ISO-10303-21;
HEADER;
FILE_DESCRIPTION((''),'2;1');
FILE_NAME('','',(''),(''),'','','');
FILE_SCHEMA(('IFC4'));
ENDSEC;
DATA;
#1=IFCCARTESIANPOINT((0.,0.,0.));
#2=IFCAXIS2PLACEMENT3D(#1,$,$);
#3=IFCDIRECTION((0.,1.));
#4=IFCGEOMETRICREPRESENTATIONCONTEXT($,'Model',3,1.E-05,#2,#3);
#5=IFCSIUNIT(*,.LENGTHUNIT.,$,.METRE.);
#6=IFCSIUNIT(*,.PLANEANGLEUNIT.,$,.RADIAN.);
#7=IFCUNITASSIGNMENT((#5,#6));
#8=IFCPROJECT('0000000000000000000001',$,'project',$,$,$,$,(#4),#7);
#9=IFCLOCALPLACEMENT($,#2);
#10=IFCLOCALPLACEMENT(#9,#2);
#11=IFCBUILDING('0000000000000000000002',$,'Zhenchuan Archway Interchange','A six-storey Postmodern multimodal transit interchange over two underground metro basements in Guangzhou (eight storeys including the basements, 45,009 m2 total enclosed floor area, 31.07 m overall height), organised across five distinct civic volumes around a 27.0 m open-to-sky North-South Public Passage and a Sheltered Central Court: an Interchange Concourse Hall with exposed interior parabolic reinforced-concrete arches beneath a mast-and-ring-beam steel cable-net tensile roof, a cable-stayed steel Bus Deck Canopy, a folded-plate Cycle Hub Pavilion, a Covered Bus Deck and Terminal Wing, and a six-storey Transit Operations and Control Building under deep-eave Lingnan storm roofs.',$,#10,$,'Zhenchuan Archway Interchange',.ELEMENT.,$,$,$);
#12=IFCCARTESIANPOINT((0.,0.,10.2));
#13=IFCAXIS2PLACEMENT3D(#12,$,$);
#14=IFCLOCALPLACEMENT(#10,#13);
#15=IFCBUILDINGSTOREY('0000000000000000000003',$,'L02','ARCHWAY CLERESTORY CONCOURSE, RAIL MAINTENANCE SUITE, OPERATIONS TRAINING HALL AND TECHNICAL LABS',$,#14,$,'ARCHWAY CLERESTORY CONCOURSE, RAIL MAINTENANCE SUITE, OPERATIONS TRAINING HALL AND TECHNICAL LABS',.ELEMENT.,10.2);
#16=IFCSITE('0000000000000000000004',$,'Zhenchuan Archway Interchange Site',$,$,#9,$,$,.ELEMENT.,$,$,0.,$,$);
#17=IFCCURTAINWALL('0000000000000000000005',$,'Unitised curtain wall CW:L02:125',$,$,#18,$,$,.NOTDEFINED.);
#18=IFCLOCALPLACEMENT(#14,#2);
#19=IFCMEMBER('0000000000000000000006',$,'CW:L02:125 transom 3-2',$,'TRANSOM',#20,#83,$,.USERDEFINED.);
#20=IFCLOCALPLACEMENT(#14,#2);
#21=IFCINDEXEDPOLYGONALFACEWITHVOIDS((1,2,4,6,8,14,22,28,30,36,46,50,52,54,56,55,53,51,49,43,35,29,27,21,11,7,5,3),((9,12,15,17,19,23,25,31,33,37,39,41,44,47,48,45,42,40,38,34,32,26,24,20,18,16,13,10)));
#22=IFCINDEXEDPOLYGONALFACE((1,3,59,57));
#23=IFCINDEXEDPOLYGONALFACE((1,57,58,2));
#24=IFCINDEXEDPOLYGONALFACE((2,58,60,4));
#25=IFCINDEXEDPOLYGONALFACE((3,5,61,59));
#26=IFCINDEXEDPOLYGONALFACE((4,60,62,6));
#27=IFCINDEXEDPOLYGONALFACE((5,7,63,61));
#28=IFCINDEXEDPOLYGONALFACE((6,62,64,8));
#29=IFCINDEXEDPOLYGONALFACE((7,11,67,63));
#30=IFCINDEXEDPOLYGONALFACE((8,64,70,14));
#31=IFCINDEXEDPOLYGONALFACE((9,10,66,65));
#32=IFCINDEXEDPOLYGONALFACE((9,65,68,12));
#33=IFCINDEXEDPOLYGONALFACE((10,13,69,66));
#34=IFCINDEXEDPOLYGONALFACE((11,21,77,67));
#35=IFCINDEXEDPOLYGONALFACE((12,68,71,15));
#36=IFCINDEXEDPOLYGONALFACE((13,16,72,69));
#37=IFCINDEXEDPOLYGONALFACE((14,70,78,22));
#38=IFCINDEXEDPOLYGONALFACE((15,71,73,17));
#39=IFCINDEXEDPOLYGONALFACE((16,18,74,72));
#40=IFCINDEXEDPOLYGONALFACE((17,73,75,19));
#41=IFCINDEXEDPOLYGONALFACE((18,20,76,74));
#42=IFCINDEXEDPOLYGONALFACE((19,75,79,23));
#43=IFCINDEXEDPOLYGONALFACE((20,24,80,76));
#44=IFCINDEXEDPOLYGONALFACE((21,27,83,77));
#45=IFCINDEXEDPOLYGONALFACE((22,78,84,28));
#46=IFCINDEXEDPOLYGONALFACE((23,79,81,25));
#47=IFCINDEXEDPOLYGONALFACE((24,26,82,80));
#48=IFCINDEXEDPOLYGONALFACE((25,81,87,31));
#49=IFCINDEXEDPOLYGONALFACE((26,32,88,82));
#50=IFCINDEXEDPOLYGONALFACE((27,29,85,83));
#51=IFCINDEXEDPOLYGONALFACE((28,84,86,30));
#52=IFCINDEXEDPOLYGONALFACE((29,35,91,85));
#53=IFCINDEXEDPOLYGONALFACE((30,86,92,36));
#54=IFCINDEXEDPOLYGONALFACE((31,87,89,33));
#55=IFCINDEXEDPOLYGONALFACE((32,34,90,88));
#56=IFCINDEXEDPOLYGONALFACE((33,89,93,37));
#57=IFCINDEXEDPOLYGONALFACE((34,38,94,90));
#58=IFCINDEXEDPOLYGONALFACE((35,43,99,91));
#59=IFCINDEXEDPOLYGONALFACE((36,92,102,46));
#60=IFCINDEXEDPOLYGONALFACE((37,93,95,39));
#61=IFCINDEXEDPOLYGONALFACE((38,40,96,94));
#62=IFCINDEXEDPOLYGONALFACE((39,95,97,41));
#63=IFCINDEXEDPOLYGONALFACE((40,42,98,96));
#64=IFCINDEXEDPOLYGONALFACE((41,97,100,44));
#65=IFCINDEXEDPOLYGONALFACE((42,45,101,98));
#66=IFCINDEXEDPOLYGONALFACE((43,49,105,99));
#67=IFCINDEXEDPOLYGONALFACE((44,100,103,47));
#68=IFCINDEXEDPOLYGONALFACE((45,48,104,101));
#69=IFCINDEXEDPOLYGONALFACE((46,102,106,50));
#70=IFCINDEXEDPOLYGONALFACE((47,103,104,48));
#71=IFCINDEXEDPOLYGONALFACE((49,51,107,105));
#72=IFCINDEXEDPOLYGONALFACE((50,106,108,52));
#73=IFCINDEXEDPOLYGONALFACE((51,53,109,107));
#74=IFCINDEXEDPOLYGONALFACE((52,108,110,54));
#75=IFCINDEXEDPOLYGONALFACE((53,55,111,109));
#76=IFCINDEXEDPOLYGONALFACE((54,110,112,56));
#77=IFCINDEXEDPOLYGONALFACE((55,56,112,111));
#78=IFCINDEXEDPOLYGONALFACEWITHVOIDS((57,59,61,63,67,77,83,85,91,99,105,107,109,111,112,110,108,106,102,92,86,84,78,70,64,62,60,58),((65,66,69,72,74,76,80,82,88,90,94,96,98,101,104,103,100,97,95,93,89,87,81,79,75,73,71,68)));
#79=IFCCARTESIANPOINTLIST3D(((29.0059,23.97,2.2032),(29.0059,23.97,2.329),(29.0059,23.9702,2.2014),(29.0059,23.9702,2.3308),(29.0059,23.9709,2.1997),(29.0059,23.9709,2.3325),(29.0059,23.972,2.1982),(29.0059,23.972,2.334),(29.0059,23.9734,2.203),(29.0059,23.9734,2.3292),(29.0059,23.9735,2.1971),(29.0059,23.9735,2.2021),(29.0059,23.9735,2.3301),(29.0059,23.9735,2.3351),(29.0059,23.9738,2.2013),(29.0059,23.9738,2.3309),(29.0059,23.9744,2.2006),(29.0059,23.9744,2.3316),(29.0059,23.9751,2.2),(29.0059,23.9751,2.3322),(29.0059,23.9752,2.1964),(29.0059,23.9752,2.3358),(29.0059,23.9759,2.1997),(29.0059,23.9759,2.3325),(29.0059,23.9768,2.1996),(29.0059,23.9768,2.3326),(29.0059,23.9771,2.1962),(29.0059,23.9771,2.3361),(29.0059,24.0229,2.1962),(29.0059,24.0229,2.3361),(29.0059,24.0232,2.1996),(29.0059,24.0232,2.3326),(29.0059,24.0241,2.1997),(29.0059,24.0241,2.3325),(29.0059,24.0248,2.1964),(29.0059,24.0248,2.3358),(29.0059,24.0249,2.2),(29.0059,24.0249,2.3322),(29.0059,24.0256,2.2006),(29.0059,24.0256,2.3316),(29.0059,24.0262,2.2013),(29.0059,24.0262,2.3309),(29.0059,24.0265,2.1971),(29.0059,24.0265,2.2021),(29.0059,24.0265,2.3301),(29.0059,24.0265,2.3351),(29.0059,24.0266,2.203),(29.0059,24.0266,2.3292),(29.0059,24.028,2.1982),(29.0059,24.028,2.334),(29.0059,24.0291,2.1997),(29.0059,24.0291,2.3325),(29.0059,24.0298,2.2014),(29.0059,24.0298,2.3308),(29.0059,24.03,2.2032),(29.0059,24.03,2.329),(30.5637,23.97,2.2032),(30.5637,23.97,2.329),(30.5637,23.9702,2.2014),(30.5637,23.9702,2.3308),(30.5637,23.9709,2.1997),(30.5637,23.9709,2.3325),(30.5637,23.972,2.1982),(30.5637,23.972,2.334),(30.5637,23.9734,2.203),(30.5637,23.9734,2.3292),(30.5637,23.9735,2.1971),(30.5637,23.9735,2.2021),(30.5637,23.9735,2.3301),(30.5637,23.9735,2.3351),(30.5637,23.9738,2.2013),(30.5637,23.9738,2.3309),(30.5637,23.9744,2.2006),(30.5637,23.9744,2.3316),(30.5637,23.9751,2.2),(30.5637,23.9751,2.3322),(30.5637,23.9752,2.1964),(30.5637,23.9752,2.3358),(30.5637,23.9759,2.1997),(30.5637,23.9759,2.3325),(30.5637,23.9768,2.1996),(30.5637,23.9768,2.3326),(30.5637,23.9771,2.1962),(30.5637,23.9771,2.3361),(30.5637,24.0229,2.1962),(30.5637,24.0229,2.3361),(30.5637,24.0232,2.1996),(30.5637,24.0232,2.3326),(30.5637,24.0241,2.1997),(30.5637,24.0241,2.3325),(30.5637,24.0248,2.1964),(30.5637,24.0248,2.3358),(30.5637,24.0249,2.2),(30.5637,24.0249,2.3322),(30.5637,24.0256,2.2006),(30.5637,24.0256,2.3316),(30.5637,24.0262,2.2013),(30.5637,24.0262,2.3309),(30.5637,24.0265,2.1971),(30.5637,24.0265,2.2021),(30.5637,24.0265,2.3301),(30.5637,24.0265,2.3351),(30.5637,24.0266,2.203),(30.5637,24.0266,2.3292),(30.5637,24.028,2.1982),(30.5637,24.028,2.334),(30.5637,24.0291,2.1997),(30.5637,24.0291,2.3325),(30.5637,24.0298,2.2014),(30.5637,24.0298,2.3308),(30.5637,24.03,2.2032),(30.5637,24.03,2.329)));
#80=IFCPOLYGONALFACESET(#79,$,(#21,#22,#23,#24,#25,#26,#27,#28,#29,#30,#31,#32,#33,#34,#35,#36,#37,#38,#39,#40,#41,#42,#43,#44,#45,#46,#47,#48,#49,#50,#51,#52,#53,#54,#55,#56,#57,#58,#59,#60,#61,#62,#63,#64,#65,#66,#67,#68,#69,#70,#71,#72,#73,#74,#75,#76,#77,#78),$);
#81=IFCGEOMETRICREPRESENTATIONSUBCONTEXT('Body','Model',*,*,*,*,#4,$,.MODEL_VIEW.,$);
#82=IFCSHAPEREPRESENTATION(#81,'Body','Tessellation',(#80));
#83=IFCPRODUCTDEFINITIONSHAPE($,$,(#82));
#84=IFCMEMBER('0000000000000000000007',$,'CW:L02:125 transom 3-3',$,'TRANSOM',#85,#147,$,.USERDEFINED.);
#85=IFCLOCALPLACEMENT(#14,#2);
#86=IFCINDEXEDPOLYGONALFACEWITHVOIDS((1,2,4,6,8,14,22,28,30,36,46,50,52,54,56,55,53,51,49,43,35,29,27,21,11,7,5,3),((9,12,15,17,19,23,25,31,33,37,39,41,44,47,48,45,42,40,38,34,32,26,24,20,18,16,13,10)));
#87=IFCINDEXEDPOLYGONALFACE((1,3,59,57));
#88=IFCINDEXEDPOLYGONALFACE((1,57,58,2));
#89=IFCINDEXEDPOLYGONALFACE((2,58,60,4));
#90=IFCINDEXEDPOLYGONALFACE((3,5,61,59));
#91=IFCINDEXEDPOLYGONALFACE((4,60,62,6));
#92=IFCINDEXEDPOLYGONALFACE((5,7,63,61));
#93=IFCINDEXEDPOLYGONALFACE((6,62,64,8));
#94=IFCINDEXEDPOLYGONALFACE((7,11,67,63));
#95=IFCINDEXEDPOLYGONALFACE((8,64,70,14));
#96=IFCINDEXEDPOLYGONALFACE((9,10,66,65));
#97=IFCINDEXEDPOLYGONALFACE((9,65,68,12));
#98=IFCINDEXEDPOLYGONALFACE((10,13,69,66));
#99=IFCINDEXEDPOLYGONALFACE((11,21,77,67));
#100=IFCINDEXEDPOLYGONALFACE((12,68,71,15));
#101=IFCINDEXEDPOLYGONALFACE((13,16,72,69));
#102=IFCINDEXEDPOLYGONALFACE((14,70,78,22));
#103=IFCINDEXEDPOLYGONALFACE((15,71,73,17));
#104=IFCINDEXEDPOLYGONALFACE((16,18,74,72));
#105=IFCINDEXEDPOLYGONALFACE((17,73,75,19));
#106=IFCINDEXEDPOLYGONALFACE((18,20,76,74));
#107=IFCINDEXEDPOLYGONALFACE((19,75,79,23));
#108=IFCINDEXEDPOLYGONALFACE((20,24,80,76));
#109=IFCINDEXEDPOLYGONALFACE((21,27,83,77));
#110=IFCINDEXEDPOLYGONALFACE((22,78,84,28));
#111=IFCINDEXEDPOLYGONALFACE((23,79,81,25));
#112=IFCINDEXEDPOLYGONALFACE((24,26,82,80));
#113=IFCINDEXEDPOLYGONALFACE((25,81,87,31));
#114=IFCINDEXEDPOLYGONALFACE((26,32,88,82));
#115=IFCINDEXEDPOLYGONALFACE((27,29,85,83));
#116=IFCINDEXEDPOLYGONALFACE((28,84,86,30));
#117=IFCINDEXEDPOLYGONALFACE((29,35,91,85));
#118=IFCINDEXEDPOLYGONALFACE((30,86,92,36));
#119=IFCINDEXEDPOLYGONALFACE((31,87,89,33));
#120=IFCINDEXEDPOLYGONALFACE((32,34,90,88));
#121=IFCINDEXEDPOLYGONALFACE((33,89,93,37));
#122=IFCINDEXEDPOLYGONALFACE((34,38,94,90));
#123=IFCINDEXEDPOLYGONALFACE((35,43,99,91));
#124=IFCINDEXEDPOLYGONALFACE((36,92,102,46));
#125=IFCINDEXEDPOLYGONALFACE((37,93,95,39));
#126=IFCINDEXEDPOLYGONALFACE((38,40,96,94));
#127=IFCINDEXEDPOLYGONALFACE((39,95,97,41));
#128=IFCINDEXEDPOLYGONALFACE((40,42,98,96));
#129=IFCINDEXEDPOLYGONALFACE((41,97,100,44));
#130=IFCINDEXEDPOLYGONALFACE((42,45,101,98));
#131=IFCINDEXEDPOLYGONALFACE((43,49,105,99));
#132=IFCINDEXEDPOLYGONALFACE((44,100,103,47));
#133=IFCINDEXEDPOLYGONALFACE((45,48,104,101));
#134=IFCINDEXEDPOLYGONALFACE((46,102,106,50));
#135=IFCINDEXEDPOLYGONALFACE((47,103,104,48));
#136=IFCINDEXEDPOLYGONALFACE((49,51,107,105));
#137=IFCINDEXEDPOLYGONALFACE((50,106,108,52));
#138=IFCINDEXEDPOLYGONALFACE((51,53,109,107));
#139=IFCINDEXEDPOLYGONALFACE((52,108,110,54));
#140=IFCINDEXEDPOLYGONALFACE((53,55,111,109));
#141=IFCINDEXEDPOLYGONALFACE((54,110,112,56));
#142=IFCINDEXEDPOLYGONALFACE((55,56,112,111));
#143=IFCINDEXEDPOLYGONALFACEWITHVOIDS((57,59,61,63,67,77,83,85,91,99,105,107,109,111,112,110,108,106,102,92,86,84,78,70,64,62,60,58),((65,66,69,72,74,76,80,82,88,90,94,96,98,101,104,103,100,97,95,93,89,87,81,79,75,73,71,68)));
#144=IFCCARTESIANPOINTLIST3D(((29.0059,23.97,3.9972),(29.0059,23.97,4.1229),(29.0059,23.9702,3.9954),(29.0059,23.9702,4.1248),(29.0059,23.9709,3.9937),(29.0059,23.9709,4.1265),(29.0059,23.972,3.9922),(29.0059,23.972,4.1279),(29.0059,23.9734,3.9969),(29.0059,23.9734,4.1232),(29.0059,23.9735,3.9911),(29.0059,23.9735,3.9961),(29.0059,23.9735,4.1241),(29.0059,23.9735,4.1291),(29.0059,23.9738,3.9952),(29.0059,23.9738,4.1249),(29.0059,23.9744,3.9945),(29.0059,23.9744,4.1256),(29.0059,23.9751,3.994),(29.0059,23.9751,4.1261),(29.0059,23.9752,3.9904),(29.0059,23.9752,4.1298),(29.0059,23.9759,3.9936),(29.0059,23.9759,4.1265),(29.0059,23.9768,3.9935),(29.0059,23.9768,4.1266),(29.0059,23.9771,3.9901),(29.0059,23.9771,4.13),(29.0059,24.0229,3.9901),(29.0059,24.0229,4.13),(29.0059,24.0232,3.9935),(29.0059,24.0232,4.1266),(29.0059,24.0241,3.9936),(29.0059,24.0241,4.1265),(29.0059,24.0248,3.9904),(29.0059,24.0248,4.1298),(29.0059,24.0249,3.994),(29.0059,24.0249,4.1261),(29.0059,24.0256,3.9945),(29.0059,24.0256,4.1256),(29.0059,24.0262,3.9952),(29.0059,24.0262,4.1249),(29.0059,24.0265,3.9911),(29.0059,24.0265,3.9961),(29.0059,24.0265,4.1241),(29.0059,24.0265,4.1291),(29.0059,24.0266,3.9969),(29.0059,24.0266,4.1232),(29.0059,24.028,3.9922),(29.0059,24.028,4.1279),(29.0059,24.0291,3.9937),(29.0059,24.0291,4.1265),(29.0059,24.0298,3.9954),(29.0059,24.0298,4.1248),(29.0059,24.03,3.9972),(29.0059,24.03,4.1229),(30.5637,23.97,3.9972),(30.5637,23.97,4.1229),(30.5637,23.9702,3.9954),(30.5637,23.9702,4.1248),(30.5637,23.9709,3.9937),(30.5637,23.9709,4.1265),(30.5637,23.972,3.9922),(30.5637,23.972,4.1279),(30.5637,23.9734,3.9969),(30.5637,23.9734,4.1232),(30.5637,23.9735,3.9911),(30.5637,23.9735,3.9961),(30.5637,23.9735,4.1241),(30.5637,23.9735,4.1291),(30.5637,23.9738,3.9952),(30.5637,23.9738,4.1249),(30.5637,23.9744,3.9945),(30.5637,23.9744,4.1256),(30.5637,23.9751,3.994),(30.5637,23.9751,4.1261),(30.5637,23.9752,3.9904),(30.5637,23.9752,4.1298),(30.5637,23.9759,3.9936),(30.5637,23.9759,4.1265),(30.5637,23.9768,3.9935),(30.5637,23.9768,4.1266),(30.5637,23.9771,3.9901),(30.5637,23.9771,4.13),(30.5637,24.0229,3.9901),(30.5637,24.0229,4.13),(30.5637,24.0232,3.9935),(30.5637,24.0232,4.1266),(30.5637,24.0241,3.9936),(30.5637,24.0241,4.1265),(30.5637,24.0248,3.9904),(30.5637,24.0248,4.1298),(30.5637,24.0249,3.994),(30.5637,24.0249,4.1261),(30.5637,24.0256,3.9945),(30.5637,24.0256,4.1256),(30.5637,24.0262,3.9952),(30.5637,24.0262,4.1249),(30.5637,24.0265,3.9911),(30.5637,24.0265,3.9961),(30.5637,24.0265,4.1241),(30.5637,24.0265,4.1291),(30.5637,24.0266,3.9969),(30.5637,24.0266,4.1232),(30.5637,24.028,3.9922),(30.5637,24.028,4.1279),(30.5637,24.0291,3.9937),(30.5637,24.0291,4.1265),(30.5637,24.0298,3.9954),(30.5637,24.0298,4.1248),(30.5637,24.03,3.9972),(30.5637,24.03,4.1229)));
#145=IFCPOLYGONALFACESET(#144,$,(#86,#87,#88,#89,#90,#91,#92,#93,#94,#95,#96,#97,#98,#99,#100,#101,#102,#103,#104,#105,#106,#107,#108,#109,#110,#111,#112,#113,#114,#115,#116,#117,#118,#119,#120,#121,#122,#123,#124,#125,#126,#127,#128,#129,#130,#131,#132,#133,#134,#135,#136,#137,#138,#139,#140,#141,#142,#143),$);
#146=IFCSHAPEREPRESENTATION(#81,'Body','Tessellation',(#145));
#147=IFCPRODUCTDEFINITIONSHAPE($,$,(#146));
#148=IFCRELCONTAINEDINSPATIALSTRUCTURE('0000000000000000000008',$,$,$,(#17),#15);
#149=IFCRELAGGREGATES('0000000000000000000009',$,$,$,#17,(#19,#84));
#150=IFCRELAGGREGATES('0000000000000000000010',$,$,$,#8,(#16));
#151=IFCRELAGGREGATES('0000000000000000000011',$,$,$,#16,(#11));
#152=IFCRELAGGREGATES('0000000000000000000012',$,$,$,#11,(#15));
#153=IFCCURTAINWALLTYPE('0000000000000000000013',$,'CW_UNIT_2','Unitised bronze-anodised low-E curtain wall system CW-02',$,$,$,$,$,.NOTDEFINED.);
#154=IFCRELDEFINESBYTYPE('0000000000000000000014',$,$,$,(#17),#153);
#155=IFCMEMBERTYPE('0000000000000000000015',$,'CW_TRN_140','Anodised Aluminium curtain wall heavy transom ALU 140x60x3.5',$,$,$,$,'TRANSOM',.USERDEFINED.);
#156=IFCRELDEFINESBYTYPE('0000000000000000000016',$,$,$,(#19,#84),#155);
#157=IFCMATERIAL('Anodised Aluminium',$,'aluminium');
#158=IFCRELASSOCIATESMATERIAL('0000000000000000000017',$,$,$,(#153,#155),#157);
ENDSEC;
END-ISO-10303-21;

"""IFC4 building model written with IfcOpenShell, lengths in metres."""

from ifc_helpers import new_model, si_unit, direction, frame, origin, origin_2d, place, context, subcontext, project, spatial, hollow_rectangle, extrude, material, material_profile, profile_set, type_object, element, aggregate, save


model = new_model("IFC4")

# Units and contexts
model_context = context("Model", 3, precision=1e-05, world=origin(), true_north=direction((0.0, 1.0)))
body_context = subcontext(model_context, "Body", "Model", "MODEL_VIEW")
ifc_project = project(units=[si_unit("LENGTHUNIT", "METRE"), si_unit("PLANEANGLEUNIT", "RADIAN")], contexts=[model_context])

# Site, building, storey
site_placement = place(None, origin())
site = spatial("IfcSite", under=ifc_project, at=site_placement, Name="Zhenchuan Archway Interchange Site", CompositionType="ELEMENT", RefElevation=0.0)
building_placement = place(site_placement, origin())
building = spatial("IfcBuilding", under=site, at=building_placement, Name="Zhenchuan Archway Interchange", Description="A six-storey Postmodern multimodal transit interchange over two underground metro basements in Guangzhou (eight storeys including the basements, 45,009 m2 total enclosed floor area, 31.07 m overall height), organised across five distinct civic volumes around a 27.0 m open-to-sky North-South Public Passage and a Sheltered Central Court: an Interchange Concourse Hall with exposed interior parabolic reinforced-concrete arches beneath a mast-and-ring-beam steel cable-net tensile roof, a cable-stayed steel Bus Deck Canopy, a folded-plate Cycle Hub Pavilion, a Covered Bus Deck and Terminal Wing, and a six-storey Transit Operations and Control Building under deep-eave Lingnan storm roofs.", LongName="Zhenchuan Archway Interchange", CompositionType="ELEMENT")
storey_placement = place(building_placement, frame((0.0, 0.0, 10.2)))
storey = spatial("IfcBuildingStorey", under=building, at=storey_placement, Name="L02", Description="ARCHWAY CLERESTORY CONCOURSE, RAIL MAINTENANCE SUITE, OPERATIONS TRAINING HALL AND TECHNICAL LABS", LongName="ARCHWAY CLERESTORY CONCOURSE, RAIL MAINTENANCE SUITE, OPERATIONS TRAINING HALL AND TECHNICAL LABS", CompositionType="ELEMENT", Elevation=10.2)

# Curtain wall, members
ifc_material_1 = material(Name="Anodised Aluminium", Category="aluminium")
curtain_wall_type = type_object("IfcCurtainWallType", Name="CW_UNIT_2", Description="Unitised bronze-anodised low-E curtain wall system CW-02", PredefinedType="NOTDEFINED", material=ifc_material_1)
curtain_wall_placement = place(storey_placement, origin())
curtain_wall = element("IfcCurtainWall", 1, at=curtain_wall_placement, inside=storey, type_object=curtain_wall_type, Name="Unitised curtain wall CW:L02:125", PredefinedType="NOTDEFINED")
ifc_material_profile_1 = material_profile(ifc_material_1, hollow_rectangle(XDim=0.0601, YDim=0.1399, WallThickness=0.0034, InnerFilletRadius=0.0034, OuterFilletRadius=0.0071, at=origin_2d()), Name="ALU 140x60x3.5")
ifc_profile_set_1 = profile_set([ifc_material_profile_1], Name="Anodised Aluminium")
member_type_1 = type_object("IfcMemberType", Name="CW_TRN_140", Description="Anodised Aluminium curtain wall heavy transom ALU 140x60x3.5", ElementType="TRANSOM", PredefinedType="USERDEFINED", material=ifc_profile_set_1)
member_1_placement = place(storey_placement, frame((30.5637, 24.0, 2.2661), z_axis=(-1.0, 0.0, 0.0), x_axis=(0.0, -1.0, 0.0)))
member_1 = element("IfcMember", 2, at=member_1_placement, type_object=member_type_1, Name="CW:L02:125 transom 3-2", ObjectType="TRANSOM", PredefinedType="USERDEFINED", context=body_context, shape_type="SweptSolid", body=[
    extrude(hollow_rectangle(XDim=0.0601, YDim=0.1399, WallThickness=0.0034, InnerFilletRadius=0.0034, OuterFilletRadius=0.0071, at=origin_2d()), origin(), (0.0, 0.0, 1.0), 1.5579),
])
member_2_placement = place(storey_placement, frame((30.5637, 24.0, 4.0601), z_axis=(-1.0, 0.0, 0.0), x_axis=(0.0, -1.0, 0.0)))
member_2 = element("IfcMember", 3, at=member_2_placement, type_object=member_type_1, Name="CW:L02:125 transom 3-3", ObjectType="TRANSOM", PredefinedType="USERDEFINED", context=body_context, shape_type="SweptSolid", body=[
    extrude(hollow_rectangle(XDim=0.0601, YDim=0.1399, WallThickness=0.0034, InnerFilletRadius=0.0034, OuterFilletRadius=0.0071, at=origin_2d()), origin(), (0.0, 0.0, 1.0), 1.5579),
])

aggregate(curtain_wall, [member_1, member_2])

save(model, "model.ifc")
